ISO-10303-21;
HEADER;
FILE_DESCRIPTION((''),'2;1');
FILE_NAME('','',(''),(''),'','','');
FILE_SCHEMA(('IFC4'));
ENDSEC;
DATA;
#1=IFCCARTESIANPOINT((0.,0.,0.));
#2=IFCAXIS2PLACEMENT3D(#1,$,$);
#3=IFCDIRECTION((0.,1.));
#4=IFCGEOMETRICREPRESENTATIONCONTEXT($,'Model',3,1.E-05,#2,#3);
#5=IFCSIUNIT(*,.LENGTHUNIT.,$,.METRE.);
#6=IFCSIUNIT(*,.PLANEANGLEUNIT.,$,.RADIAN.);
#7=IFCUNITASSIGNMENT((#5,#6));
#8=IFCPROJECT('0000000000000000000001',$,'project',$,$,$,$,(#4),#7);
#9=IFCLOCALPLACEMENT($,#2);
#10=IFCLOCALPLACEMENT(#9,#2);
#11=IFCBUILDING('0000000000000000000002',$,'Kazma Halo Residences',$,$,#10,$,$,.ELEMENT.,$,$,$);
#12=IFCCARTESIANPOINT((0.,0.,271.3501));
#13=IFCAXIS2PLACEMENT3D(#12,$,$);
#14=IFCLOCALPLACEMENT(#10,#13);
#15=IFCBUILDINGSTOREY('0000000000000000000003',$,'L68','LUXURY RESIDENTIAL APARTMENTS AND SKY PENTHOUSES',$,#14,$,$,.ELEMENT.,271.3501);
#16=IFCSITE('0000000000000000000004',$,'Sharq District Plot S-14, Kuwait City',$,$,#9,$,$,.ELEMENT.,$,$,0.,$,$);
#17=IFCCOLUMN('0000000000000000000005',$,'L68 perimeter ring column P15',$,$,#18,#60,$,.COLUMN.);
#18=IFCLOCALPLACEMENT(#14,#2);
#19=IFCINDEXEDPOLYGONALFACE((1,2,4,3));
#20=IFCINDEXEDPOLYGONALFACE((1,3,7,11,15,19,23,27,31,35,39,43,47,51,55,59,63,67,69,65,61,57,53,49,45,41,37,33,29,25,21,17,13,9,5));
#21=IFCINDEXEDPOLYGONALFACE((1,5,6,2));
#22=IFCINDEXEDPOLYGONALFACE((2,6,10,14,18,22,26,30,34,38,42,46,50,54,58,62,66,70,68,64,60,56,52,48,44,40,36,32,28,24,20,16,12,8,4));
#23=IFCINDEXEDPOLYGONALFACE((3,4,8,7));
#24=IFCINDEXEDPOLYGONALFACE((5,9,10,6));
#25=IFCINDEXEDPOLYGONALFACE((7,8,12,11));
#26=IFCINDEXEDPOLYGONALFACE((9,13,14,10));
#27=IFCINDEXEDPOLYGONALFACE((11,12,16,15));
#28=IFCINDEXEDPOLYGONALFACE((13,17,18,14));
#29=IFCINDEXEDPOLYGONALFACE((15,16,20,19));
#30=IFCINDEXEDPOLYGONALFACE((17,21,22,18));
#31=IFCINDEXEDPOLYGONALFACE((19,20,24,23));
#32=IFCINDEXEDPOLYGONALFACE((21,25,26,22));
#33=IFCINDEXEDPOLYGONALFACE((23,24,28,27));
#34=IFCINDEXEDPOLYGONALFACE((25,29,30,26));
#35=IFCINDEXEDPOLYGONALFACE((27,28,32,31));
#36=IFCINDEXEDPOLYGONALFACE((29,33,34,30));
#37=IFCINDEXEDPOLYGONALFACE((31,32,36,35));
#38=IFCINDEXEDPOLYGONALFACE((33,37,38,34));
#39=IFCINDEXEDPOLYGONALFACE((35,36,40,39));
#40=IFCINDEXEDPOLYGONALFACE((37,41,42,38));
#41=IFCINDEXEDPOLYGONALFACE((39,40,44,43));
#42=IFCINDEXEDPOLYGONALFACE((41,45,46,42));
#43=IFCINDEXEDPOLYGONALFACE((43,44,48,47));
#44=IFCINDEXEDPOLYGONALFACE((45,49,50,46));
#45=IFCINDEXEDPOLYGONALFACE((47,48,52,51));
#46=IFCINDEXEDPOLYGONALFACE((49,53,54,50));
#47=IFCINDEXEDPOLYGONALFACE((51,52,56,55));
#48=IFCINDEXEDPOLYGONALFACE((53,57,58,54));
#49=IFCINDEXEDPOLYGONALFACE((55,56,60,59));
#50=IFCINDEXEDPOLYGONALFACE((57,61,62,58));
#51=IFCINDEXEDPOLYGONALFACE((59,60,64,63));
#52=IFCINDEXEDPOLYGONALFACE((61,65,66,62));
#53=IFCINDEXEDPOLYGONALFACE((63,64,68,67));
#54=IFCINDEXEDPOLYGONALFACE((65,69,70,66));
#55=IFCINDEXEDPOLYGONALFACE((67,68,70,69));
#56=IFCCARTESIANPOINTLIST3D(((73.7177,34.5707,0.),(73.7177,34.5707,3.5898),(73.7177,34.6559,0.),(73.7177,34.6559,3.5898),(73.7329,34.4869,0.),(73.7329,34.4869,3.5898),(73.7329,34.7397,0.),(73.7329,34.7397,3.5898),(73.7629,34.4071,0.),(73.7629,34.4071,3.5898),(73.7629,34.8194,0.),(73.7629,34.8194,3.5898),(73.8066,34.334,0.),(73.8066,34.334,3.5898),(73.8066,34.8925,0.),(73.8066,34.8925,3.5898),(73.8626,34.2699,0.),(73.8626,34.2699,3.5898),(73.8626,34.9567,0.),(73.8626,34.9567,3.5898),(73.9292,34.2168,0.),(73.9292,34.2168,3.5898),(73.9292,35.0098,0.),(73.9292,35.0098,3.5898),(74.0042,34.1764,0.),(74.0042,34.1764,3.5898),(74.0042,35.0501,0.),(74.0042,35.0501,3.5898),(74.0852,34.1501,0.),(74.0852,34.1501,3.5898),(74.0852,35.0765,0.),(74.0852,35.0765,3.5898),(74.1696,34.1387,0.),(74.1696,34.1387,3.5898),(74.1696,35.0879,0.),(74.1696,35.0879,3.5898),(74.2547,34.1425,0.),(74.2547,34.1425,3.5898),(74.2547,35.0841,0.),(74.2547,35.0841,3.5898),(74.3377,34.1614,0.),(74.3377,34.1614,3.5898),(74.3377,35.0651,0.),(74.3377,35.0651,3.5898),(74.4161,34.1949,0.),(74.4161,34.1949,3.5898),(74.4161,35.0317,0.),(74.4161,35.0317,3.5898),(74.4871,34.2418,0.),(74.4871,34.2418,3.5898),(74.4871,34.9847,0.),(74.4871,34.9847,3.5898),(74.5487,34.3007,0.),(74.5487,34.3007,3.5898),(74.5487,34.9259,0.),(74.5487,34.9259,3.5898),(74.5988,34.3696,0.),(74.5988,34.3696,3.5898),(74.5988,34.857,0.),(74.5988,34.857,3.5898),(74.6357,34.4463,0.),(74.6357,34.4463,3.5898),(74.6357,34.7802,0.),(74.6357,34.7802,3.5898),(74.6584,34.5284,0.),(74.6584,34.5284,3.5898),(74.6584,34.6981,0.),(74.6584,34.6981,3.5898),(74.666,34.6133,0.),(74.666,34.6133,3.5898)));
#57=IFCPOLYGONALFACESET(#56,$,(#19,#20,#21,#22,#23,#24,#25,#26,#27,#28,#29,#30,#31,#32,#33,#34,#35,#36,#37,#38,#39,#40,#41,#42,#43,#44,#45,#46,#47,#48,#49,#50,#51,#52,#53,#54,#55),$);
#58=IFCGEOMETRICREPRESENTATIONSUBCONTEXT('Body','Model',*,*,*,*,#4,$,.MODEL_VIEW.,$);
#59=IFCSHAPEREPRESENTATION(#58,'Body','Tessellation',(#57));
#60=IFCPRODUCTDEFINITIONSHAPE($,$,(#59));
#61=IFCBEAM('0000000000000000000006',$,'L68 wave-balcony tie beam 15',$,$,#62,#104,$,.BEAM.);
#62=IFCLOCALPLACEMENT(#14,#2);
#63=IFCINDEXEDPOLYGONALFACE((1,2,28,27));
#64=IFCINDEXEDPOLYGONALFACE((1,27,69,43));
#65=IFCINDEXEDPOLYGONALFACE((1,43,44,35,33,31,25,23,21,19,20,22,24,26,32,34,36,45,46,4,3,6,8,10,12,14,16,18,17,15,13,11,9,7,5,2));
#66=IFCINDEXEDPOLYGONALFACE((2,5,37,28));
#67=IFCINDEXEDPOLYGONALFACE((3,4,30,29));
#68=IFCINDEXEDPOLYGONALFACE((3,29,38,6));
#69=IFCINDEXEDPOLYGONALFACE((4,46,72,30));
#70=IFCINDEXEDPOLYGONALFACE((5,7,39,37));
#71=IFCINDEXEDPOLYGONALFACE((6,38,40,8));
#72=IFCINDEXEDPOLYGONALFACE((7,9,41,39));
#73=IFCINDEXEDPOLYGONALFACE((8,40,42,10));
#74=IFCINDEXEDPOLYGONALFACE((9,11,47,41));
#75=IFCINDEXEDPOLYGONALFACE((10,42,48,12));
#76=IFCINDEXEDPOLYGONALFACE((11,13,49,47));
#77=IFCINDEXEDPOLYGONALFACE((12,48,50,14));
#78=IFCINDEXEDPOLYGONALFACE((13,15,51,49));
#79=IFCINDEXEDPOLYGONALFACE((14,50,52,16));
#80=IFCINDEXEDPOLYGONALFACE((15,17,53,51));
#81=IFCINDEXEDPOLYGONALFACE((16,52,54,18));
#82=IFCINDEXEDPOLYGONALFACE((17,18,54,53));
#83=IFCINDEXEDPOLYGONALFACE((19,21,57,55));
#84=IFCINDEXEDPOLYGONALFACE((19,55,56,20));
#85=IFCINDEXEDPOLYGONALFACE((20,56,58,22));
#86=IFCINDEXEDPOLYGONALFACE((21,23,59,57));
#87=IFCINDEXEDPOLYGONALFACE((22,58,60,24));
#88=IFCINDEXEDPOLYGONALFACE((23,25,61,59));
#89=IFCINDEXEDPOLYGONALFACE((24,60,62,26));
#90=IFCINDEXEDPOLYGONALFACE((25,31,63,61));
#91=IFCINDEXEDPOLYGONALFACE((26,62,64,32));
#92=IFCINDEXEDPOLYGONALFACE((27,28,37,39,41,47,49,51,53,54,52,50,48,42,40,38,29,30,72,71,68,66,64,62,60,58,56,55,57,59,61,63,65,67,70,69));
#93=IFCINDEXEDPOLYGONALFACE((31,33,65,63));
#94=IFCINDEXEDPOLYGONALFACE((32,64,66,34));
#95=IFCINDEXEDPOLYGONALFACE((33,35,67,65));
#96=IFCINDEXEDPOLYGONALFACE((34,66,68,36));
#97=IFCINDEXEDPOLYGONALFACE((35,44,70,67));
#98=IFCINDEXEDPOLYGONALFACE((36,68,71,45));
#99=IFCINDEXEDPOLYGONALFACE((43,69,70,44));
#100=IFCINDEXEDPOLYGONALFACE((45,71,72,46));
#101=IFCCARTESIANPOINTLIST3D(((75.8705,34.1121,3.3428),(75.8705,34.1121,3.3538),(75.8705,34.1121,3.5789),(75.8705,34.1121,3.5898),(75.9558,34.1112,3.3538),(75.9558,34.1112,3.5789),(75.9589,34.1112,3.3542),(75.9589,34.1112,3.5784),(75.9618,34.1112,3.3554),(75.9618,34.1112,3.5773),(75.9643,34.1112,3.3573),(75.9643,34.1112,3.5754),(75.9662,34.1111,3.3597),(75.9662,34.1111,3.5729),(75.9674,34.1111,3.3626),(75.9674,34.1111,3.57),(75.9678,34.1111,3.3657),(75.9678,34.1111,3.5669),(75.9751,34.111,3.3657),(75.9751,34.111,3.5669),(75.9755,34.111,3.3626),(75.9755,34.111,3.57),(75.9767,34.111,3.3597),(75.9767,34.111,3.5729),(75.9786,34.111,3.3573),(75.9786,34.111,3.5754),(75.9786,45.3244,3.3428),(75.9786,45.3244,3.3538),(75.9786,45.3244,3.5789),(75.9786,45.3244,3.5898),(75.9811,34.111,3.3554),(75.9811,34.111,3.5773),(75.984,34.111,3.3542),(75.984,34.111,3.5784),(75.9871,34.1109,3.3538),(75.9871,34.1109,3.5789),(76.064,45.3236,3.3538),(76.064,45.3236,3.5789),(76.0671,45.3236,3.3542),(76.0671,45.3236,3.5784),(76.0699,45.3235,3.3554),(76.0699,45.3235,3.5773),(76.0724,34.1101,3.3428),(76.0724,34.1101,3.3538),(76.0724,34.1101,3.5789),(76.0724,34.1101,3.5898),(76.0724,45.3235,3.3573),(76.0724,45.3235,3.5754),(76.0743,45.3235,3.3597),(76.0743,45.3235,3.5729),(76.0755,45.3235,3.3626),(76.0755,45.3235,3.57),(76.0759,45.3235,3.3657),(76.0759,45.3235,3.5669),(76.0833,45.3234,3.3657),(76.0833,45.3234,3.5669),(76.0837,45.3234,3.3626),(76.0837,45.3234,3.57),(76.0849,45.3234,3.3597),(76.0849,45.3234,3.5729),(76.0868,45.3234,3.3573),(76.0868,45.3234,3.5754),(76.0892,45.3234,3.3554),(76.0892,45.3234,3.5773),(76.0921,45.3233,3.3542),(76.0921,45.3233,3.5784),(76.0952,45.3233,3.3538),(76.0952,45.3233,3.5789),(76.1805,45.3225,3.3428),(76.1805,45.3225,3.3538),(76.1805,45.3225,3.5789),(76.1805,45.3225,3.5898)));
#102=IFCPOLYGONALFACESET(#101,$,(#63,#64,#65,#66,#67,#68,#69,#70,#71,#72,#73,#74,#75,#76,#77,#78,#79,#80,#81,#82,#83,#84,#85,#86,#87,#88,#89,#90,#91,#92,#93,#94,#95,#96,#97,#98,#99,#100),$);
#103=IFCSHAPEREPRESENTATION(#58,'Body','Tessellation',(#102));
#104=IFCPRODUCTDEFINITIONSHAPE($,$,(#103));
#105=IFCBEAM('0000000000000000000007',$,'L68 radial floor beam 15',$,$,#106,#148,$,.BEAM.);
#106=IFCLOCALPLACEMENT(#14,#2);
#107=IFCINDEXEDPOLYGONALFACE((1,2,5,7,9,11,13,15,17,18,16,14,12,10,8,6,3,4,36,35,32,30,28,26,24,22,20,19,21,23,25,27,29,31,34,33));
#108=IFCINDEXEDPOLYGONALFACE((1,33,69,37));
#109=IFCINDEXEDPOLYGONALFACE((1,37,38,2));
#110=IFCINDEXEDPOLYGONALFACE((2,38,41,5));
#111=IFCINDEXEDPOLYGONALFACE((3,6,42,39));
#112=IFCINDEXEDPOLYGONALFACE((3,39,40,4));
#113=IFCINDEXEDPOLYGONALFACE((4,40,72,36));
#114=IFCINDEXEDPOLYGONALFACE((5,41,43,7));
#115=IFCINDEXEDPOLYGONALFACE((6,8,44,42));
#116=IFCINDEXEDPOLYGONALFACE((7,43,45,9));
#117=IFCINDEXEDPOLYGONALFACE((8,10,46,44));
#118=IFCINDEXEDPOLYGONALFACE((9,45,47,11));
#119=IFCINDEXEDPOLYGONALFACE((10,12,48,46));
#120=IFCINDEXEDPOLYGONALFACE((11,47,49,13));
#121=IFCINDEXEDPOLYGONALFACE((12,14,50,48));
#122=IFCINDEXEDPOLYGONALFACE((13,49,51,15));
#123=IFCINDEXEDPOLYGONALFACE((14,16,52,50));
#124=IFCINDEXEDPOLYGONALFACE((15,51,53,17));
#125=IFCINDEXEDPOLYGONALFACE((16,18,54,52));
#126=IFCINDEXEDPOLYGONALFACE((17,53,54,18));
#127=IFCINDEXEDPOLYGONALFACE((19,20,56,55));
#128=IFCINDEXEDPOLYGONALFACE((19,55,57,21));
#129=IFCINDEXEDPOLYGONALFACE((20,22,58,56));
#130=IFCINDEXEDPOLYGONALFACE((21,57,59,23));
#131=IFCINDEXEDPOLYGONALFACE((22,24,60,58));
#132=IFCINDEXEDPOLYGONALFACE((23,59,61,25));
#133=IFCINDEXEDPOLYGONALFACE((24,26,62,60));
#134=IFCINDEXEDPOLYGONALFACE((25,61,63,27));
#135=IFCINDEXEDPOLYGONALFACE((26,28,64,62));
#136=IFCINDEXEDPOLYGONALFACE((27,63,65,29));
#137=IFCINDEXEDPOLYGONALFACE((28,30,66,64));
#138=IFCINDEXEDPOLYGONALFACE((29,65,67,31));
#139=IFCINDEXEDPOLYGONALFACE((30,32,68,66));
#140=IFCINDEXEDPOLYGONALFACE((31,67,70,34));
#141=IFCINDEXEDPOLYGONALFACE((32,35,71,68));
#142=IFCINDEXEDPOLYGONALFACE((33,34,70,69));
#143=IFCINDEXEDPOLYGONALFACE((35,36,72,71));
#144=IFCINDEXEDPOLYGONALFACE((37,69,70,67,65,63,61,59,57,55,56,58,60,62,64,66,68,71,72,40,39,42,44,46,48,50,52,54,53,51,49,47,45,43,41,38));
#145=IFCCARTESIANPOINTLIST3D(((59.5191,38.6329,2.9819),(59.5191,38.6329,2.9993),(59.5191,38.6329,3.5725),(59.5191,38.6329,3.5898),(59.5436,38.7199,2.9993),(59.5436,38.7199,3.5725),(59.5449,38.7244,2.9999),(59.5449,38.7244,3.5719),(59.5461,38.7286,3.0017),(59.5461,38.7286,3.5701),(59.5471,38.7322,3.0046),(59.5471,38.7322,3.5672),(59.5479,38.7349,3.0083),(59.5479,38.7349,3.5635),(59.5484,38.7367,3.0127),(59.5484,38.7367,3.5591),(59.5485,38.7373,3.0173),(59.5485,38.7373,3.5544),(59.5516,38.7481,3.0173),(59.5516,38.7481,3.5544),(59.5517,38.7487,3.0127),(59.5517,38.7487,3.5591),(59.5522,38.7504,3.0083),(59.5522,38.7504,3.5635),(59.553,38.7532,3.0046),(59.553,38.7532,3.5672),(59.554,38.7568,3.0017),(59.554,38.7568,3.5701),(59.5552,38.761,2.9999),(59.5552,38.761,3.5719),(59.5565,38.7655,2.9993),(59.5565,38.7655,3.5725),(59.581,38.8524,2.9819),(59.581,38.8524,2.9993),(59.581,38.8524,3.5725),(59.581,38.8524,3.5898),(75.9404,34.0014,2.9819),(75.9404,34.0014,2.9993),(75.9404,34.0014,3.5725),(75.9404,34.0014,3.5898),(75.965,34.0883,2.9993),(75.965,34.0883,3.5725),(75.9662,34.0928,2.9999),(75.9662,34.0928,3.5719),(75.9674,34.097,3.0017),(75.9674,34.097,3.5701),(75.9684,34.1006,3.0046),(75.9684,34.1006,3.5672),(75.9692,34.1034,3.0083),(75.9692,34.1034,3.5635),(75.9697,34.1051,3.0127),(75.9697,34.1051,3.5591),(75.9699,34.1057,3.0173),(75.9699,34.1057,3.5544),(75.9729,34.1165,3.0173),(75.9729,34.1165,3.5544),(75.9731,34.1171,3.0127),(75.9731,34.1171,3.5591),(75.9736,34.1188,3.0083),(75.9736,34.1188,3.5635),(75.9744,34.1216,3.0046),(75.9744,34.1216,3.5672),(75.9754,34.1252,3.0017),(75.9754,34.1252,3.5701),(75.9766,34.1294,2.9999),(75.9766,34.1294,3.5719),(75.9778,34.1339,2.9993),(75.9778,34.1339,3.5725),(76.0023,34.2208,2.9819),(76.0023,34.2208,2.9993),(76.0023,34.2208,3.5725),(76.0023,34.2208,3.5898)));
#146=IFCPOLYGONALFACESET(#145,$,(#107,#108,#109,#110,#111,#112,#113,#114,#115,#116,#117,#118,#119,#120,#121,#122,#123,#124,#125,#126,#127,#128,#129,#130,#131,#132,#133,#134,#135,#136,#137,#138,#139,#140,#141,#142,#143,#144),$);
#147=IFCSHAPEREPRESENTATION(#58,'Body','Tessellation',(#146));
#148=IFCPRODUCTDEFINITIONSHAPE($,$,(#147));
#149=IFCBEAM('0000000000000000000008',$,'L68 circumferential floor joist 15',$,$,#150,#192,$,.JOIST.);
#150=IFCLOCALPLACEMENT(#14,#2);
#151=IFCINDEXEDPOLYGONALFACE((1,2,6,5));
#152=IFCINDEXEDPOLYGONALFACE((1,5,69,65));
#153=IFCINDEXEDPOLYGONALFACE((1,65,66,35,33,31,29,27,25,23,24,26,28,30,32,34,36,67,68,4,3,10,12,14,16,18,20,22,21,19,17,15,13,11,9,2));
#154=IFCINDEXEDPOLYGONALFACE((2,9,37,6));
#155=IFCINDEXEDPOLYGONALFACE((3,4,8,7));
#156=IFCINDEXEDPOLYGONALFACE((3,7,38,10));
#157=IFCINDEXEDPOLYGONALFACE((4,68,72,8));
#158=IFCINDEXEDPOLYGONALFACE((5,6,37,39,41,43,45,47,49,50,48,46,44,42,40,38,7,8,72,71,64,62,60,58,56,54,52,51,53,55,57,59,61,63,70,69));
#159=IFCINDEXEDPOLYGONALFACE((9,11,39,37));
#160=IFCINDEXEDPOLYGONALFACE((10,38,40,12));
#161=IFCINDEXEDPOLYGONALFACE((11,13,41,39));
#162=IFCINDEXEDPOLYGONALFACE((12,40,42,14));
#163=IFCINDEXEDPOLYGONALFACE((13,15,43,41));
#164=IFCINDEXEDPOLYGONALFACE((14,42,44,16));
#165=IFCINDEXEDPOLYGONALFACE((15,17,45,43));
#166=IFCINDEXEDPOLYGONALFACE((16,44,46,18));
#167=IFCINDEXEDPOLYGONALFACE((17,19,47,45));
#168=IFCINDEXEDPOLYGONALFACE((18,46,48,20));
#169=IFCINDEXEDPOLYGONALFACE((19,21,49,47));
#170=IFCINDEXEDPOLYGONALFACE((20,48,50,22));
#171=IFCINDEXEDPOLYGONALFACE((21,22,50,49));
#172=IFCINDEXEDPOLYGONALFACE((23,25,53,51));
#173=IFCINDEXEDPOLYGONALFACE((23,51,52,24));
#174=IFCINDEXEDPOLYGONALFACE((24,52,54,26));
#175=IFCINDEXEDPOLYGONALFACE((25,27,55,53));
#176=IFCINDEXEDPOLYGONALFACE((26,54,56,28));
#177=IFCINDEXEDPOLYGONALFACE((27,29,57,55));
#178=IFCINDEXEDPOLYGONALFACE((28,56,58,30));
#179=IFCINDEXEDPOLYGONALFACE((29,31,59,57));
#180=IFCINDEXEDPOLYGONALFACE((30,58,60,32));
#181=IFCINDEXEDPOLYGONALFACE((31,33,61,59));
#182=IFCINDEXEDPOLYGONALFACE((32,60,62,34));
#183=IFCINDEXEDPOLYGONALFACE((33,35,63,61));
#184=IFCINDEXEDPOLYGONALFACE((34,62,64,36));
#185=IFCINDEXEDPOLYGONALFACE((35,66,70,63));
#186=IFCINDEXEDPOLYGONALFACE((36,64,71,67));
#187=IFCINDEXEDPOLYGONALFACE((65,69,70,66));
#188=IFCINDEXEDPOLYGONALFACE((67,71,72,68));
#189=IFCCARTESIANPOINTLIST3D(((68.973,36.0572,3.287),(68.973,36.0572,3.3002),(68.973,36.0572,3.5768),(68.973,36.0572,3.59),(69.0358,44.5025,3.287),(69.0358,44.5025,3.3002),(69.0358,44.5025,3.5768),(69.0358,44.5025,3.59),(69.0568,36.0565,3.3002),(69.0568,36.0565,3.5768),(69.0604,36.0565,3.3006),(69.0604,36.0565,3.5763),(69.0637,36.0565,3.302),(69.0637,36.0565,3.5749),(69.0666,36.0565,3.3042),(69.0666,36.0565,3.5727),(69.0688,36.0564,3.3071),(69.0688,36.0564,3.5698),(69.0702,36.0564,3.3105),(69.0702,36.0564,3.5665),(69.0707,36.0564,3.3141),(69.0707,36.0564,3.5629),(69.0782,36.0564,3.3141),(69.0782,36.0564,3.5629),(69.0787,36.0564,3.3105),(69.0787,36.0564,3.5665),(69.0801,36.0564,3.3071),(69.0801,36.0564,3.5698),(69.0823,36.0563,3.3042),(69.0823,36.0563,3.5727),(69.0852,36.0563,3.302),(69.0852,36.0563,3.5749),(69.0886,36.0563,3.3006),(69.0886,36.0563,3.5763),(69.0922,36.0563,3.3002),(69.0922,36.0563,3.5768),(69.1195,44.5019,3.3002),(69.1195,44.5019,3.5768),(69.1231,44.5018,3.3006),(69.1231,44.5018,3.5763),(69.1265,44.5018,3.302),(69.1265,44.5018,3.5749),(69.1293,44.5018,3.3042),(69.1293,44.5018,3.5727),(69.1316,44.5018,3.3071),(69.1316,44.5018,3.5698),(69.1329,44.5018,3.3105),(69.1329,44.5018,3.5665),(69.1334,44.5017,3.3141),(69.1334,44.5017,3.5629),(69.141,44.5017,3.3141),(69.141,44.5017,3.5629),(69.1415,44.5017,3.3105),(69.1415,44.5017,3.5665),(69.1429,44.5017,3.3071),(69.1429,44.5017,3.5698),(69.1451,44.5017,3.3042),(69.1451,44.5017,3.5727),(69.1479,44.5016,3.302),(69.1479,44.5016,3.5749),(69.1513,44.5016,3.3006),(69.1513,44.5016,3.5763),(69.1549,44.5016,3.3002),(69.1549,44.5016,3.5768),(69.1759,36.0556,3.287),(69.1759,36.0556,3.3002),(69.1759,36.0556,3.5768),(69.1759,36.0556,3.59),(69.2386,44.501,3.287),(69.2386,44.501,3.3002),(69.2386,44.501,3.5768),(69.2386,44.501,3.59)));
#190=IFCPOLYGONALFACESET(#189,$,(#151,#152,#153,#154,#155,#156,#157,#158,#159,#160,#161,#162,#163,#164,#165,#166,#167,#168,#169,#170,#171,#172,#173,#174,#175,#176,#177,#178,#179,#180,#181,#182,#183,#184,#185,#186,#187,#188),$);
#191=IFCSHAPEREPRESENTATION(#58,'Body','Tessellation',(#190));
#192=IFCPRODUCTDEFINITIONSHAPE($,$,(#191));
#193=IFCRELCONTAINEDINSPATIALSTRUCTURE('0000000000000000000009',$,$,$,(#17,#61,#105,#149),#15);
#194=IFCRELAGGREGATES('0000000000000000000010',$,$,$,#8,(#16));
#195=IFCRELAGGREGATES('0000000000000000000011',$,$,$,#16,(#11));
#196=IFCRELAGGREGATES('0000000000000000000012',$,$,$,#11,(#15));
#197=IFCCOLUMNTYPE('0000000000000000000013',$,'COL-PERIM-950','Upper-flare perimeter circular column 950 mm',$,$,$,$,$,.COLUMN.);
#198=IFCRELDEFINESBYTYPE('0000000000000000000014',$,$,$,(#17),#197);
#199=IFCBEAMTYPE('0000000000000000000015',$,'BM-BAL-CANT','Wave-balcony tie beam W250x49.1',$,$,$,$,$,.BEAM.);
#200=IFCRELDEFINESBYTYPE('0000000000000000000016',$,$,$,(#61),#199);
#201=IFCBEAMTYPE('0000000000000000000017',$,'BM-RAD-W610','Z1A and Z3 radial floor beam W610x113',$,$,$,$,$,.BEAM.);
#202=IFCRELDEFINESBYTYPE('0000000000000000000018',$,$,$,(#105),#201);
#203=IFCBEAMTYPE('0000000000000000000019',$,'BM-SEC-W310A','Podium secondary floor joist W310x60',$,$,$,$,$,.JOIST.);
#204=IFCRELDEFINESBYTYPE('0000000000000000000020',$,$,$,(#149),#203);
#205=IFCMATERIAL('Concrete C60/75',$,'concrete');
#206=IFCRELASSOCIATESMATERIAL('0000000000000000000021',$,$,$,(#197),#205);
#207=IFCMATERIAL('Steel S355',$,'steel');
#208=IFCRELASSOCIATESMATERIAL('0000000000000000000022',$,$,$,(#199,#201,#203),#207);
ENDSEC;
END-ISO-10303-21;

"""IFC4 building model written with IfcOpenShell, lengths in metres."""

from ifc_helpers import new_model, si_unit, direction, frame, origin, origin_2d, place, context, subcontext, project, spatial, circle, i_section, extrude, material, material_profile, profile_set, type_object, element, save


model = new_model("IFC4")

# Units and contexts
model_context = context("Model", 3, precision=1e-05, world=origin(), true_north=direction((0.0, 1.0)))
body_context = subcontext(model_context, "Body", "Model", "MODEL_VIEW")
ifc_project = project(units=[si_unit("LENGTHUNIT", "METRE"), si_unit("PLANEANGLEUNIT", "RADIAN")], contexts=[model_context])

# Site, building, storey
site_placement = place(None, origin())
site = spatial("IfcSite", under=ifc_project, at=site_placement, Name="Sharq District Plot S-14, Kuwait City", CompositionType="ELEMENT", RefElevation=0.0)
building_placement = place(site_placement, origin())
building = spatial("IfcBuilding", under=site, at=building_placement, Name="Kazma Halo Residences", CompositionType="ELEMENT")
storey_placement = place(building_placement, frame((0.0, 0.0, 271.3501)))
storey = spatial("IfcBuildingStorey", under=building, at=storey_placement, Name="L68", Description="LUXURY RESIDENTIAL APARTMENTS AND SKY PENTHOUSES", CompositionType="ELEMENT", Elevation=271.3501)

# Column
ifc_material_1 = material(Name="Concrete C60/75", Category="concrete")
ifc_material_profile_1 = material_profile(ifc_material_1, circle(Radius=0.4751, at=origin_2d()), Name="CIRC950")
ifc_profile_set_1 = profile_set([ifc_material_profile_1], Name="Concrete C60/75")
column_type = type_object("IfcColumnType", Name="COL-PERIM-950", Description="Upper-flare perimeter circular column 950 mm", PredefinedType="COLUMN", material=ifc_profile_set_1)
column_placement = place(storey_placement, frame((74.1909, 34.6133, 0.0), z_axis=(0.0, 0.0, 1.0), x_axis=(1.0, 0.0, 0.0)))
element("IfcColumn", 1, at=column_placement, inside=storey, type_object=column_type, Name="L68 perimeter ring column P15", PredefinedType="COLUMN", context=body_context, shape_type="SweptSolid", body=[
    extrude(circle(Radius=0.4751, at=origin_2d()), origin(), (0.0, 0.0, 1.0), 3.5898),
])

# Beams
ifc_material_2 = material(Name="Steel S355", Category="steel")
ifc_material_profile_2 = material_profile(ifc_material_2, i_section(OverallWidth=0.2019, OverallDepth=0.2471, WebThickness=0.0073, FlangeThickness=0.011, FilletRadius=0.012, at=origin_2d()), Name="W250x49.1")
ifc_profile_set_2 = profile_set([ifc_material_profile_2], Name="Steel S355")
beam_type_1 = type_object("IfcBeamType", Name="BM-BAL-CANT", Description="Wave-balcony tie beam W250x49.1", PredefinedType="BEAM", material=ifc_profile_set_2)
beam_1_placement = place(storey_placement, frame((75.9714, 34.1111, 3.4663), z_axis=(0.009646, 0.999953, 0.0), x_axis=(-0.999953, 0.009646, 0.0)))
element("IfcBeam", 2, at=beam_1_placement, inside=storey, type_object=beam_type_1, Name="L68 wave-balcony tie beam 15", PredefinedType="BEAM", context=body_context, shape_type="SweptSolid", body=[
    extrude(i_section(OverallWidth=0.2019, OverallDepth=0.2471, WebThickness=0.0073, FlangeThickness=0.011, FilletRadius=0.012, at=origin_2d()), origin(), (0.0, 0.0, 1.0), 11.2129),
])
ifc_material_profile_3 = material_profile(ifc_material_2, i_section(OverallWidth=0.228, OverallDepth=0.6079, WebThickness=0.0112, FlangeThickness=0.0173, FilletRadius=0.0181, at=origin_2d()), Name="W610x113")
ifc_profile_set_3 = profile_set([ifc_material_profile_3], Name="Steel S355")
beam_type_2 = type_object("IfcBeamType", Name="BM-RAD-W610", Description="Z1A and Z3 radial floor beam W610x113", PredefinedType="BEAM", material=ifc_profile_set_3)
beam_2_placement = place(storey_placement, frame((59.55, 38.7427, 3.2859), z_axis=(0.962451, -0.271456, 0.0), x_axis=(0.271456, 0.962451, 0.0)))
element("IfcBeam", 3, at=beam_2_placement, inside=storey, type_object=beam_type_2, Name="L68 radial floor beam 15", PredefinedType="BEAM", context=body_context, shape_type="SweptSolid", body=[
    extrude(i_section(OverallWidth=0.228, OverallDepth=0.6079, WebThickness=0.0112, FlangeThickness=0.0173, FilletRadius=0.0181, at=origin_2d()), origin(), (0.0, 0.0, 1.0), 17.062),
])
ifc_material_profile_4 = material_profile(ifc_material_2, i_section(OverallWidth=0.2029, OverallDepth=0.303, WebThickness=0.0076, FlangeThickness=0.0132, FilletRadius=0.0139, at=origin_2d()), Name="W310x60")
ifc_profile_set_4 = profile_set([ifc_material_profile_4], Name="Steel S355")
beam_type_3 = type_object("IfcBeamType", Name="BM-SEC-W310A", Description="Podium secondary floor joist W310x60", PredefinedType="JOIST", material=ifc_profile_set_4)
beam_3_placement = place(storey_placement, frame((69.0745, 36.0564, 3.4385), z_axis=(0.007429, 0.999972, 0.0), x_axis=(-0.999972, 0.007429, 0.0)))
element("IfcBeam", 4, at=beam_3_placement, inside=storey, type_object=beam_type_3, Name="L68 circumferential floor joist 15", PredefinedType="JOIST", context=body_context, shape_type="SweptSolid", body=[
    extrude(i_section(OverallWidth=0.2029, OverallDepth=0.303, WebThickness=0.0076, FlangeThickness=0.0132, FilletRadius=0.0139, at=origin_2d()), origin(), (0.0, 0.0, 1.0), 8.4456),
])

save(model, "model.ifc")
